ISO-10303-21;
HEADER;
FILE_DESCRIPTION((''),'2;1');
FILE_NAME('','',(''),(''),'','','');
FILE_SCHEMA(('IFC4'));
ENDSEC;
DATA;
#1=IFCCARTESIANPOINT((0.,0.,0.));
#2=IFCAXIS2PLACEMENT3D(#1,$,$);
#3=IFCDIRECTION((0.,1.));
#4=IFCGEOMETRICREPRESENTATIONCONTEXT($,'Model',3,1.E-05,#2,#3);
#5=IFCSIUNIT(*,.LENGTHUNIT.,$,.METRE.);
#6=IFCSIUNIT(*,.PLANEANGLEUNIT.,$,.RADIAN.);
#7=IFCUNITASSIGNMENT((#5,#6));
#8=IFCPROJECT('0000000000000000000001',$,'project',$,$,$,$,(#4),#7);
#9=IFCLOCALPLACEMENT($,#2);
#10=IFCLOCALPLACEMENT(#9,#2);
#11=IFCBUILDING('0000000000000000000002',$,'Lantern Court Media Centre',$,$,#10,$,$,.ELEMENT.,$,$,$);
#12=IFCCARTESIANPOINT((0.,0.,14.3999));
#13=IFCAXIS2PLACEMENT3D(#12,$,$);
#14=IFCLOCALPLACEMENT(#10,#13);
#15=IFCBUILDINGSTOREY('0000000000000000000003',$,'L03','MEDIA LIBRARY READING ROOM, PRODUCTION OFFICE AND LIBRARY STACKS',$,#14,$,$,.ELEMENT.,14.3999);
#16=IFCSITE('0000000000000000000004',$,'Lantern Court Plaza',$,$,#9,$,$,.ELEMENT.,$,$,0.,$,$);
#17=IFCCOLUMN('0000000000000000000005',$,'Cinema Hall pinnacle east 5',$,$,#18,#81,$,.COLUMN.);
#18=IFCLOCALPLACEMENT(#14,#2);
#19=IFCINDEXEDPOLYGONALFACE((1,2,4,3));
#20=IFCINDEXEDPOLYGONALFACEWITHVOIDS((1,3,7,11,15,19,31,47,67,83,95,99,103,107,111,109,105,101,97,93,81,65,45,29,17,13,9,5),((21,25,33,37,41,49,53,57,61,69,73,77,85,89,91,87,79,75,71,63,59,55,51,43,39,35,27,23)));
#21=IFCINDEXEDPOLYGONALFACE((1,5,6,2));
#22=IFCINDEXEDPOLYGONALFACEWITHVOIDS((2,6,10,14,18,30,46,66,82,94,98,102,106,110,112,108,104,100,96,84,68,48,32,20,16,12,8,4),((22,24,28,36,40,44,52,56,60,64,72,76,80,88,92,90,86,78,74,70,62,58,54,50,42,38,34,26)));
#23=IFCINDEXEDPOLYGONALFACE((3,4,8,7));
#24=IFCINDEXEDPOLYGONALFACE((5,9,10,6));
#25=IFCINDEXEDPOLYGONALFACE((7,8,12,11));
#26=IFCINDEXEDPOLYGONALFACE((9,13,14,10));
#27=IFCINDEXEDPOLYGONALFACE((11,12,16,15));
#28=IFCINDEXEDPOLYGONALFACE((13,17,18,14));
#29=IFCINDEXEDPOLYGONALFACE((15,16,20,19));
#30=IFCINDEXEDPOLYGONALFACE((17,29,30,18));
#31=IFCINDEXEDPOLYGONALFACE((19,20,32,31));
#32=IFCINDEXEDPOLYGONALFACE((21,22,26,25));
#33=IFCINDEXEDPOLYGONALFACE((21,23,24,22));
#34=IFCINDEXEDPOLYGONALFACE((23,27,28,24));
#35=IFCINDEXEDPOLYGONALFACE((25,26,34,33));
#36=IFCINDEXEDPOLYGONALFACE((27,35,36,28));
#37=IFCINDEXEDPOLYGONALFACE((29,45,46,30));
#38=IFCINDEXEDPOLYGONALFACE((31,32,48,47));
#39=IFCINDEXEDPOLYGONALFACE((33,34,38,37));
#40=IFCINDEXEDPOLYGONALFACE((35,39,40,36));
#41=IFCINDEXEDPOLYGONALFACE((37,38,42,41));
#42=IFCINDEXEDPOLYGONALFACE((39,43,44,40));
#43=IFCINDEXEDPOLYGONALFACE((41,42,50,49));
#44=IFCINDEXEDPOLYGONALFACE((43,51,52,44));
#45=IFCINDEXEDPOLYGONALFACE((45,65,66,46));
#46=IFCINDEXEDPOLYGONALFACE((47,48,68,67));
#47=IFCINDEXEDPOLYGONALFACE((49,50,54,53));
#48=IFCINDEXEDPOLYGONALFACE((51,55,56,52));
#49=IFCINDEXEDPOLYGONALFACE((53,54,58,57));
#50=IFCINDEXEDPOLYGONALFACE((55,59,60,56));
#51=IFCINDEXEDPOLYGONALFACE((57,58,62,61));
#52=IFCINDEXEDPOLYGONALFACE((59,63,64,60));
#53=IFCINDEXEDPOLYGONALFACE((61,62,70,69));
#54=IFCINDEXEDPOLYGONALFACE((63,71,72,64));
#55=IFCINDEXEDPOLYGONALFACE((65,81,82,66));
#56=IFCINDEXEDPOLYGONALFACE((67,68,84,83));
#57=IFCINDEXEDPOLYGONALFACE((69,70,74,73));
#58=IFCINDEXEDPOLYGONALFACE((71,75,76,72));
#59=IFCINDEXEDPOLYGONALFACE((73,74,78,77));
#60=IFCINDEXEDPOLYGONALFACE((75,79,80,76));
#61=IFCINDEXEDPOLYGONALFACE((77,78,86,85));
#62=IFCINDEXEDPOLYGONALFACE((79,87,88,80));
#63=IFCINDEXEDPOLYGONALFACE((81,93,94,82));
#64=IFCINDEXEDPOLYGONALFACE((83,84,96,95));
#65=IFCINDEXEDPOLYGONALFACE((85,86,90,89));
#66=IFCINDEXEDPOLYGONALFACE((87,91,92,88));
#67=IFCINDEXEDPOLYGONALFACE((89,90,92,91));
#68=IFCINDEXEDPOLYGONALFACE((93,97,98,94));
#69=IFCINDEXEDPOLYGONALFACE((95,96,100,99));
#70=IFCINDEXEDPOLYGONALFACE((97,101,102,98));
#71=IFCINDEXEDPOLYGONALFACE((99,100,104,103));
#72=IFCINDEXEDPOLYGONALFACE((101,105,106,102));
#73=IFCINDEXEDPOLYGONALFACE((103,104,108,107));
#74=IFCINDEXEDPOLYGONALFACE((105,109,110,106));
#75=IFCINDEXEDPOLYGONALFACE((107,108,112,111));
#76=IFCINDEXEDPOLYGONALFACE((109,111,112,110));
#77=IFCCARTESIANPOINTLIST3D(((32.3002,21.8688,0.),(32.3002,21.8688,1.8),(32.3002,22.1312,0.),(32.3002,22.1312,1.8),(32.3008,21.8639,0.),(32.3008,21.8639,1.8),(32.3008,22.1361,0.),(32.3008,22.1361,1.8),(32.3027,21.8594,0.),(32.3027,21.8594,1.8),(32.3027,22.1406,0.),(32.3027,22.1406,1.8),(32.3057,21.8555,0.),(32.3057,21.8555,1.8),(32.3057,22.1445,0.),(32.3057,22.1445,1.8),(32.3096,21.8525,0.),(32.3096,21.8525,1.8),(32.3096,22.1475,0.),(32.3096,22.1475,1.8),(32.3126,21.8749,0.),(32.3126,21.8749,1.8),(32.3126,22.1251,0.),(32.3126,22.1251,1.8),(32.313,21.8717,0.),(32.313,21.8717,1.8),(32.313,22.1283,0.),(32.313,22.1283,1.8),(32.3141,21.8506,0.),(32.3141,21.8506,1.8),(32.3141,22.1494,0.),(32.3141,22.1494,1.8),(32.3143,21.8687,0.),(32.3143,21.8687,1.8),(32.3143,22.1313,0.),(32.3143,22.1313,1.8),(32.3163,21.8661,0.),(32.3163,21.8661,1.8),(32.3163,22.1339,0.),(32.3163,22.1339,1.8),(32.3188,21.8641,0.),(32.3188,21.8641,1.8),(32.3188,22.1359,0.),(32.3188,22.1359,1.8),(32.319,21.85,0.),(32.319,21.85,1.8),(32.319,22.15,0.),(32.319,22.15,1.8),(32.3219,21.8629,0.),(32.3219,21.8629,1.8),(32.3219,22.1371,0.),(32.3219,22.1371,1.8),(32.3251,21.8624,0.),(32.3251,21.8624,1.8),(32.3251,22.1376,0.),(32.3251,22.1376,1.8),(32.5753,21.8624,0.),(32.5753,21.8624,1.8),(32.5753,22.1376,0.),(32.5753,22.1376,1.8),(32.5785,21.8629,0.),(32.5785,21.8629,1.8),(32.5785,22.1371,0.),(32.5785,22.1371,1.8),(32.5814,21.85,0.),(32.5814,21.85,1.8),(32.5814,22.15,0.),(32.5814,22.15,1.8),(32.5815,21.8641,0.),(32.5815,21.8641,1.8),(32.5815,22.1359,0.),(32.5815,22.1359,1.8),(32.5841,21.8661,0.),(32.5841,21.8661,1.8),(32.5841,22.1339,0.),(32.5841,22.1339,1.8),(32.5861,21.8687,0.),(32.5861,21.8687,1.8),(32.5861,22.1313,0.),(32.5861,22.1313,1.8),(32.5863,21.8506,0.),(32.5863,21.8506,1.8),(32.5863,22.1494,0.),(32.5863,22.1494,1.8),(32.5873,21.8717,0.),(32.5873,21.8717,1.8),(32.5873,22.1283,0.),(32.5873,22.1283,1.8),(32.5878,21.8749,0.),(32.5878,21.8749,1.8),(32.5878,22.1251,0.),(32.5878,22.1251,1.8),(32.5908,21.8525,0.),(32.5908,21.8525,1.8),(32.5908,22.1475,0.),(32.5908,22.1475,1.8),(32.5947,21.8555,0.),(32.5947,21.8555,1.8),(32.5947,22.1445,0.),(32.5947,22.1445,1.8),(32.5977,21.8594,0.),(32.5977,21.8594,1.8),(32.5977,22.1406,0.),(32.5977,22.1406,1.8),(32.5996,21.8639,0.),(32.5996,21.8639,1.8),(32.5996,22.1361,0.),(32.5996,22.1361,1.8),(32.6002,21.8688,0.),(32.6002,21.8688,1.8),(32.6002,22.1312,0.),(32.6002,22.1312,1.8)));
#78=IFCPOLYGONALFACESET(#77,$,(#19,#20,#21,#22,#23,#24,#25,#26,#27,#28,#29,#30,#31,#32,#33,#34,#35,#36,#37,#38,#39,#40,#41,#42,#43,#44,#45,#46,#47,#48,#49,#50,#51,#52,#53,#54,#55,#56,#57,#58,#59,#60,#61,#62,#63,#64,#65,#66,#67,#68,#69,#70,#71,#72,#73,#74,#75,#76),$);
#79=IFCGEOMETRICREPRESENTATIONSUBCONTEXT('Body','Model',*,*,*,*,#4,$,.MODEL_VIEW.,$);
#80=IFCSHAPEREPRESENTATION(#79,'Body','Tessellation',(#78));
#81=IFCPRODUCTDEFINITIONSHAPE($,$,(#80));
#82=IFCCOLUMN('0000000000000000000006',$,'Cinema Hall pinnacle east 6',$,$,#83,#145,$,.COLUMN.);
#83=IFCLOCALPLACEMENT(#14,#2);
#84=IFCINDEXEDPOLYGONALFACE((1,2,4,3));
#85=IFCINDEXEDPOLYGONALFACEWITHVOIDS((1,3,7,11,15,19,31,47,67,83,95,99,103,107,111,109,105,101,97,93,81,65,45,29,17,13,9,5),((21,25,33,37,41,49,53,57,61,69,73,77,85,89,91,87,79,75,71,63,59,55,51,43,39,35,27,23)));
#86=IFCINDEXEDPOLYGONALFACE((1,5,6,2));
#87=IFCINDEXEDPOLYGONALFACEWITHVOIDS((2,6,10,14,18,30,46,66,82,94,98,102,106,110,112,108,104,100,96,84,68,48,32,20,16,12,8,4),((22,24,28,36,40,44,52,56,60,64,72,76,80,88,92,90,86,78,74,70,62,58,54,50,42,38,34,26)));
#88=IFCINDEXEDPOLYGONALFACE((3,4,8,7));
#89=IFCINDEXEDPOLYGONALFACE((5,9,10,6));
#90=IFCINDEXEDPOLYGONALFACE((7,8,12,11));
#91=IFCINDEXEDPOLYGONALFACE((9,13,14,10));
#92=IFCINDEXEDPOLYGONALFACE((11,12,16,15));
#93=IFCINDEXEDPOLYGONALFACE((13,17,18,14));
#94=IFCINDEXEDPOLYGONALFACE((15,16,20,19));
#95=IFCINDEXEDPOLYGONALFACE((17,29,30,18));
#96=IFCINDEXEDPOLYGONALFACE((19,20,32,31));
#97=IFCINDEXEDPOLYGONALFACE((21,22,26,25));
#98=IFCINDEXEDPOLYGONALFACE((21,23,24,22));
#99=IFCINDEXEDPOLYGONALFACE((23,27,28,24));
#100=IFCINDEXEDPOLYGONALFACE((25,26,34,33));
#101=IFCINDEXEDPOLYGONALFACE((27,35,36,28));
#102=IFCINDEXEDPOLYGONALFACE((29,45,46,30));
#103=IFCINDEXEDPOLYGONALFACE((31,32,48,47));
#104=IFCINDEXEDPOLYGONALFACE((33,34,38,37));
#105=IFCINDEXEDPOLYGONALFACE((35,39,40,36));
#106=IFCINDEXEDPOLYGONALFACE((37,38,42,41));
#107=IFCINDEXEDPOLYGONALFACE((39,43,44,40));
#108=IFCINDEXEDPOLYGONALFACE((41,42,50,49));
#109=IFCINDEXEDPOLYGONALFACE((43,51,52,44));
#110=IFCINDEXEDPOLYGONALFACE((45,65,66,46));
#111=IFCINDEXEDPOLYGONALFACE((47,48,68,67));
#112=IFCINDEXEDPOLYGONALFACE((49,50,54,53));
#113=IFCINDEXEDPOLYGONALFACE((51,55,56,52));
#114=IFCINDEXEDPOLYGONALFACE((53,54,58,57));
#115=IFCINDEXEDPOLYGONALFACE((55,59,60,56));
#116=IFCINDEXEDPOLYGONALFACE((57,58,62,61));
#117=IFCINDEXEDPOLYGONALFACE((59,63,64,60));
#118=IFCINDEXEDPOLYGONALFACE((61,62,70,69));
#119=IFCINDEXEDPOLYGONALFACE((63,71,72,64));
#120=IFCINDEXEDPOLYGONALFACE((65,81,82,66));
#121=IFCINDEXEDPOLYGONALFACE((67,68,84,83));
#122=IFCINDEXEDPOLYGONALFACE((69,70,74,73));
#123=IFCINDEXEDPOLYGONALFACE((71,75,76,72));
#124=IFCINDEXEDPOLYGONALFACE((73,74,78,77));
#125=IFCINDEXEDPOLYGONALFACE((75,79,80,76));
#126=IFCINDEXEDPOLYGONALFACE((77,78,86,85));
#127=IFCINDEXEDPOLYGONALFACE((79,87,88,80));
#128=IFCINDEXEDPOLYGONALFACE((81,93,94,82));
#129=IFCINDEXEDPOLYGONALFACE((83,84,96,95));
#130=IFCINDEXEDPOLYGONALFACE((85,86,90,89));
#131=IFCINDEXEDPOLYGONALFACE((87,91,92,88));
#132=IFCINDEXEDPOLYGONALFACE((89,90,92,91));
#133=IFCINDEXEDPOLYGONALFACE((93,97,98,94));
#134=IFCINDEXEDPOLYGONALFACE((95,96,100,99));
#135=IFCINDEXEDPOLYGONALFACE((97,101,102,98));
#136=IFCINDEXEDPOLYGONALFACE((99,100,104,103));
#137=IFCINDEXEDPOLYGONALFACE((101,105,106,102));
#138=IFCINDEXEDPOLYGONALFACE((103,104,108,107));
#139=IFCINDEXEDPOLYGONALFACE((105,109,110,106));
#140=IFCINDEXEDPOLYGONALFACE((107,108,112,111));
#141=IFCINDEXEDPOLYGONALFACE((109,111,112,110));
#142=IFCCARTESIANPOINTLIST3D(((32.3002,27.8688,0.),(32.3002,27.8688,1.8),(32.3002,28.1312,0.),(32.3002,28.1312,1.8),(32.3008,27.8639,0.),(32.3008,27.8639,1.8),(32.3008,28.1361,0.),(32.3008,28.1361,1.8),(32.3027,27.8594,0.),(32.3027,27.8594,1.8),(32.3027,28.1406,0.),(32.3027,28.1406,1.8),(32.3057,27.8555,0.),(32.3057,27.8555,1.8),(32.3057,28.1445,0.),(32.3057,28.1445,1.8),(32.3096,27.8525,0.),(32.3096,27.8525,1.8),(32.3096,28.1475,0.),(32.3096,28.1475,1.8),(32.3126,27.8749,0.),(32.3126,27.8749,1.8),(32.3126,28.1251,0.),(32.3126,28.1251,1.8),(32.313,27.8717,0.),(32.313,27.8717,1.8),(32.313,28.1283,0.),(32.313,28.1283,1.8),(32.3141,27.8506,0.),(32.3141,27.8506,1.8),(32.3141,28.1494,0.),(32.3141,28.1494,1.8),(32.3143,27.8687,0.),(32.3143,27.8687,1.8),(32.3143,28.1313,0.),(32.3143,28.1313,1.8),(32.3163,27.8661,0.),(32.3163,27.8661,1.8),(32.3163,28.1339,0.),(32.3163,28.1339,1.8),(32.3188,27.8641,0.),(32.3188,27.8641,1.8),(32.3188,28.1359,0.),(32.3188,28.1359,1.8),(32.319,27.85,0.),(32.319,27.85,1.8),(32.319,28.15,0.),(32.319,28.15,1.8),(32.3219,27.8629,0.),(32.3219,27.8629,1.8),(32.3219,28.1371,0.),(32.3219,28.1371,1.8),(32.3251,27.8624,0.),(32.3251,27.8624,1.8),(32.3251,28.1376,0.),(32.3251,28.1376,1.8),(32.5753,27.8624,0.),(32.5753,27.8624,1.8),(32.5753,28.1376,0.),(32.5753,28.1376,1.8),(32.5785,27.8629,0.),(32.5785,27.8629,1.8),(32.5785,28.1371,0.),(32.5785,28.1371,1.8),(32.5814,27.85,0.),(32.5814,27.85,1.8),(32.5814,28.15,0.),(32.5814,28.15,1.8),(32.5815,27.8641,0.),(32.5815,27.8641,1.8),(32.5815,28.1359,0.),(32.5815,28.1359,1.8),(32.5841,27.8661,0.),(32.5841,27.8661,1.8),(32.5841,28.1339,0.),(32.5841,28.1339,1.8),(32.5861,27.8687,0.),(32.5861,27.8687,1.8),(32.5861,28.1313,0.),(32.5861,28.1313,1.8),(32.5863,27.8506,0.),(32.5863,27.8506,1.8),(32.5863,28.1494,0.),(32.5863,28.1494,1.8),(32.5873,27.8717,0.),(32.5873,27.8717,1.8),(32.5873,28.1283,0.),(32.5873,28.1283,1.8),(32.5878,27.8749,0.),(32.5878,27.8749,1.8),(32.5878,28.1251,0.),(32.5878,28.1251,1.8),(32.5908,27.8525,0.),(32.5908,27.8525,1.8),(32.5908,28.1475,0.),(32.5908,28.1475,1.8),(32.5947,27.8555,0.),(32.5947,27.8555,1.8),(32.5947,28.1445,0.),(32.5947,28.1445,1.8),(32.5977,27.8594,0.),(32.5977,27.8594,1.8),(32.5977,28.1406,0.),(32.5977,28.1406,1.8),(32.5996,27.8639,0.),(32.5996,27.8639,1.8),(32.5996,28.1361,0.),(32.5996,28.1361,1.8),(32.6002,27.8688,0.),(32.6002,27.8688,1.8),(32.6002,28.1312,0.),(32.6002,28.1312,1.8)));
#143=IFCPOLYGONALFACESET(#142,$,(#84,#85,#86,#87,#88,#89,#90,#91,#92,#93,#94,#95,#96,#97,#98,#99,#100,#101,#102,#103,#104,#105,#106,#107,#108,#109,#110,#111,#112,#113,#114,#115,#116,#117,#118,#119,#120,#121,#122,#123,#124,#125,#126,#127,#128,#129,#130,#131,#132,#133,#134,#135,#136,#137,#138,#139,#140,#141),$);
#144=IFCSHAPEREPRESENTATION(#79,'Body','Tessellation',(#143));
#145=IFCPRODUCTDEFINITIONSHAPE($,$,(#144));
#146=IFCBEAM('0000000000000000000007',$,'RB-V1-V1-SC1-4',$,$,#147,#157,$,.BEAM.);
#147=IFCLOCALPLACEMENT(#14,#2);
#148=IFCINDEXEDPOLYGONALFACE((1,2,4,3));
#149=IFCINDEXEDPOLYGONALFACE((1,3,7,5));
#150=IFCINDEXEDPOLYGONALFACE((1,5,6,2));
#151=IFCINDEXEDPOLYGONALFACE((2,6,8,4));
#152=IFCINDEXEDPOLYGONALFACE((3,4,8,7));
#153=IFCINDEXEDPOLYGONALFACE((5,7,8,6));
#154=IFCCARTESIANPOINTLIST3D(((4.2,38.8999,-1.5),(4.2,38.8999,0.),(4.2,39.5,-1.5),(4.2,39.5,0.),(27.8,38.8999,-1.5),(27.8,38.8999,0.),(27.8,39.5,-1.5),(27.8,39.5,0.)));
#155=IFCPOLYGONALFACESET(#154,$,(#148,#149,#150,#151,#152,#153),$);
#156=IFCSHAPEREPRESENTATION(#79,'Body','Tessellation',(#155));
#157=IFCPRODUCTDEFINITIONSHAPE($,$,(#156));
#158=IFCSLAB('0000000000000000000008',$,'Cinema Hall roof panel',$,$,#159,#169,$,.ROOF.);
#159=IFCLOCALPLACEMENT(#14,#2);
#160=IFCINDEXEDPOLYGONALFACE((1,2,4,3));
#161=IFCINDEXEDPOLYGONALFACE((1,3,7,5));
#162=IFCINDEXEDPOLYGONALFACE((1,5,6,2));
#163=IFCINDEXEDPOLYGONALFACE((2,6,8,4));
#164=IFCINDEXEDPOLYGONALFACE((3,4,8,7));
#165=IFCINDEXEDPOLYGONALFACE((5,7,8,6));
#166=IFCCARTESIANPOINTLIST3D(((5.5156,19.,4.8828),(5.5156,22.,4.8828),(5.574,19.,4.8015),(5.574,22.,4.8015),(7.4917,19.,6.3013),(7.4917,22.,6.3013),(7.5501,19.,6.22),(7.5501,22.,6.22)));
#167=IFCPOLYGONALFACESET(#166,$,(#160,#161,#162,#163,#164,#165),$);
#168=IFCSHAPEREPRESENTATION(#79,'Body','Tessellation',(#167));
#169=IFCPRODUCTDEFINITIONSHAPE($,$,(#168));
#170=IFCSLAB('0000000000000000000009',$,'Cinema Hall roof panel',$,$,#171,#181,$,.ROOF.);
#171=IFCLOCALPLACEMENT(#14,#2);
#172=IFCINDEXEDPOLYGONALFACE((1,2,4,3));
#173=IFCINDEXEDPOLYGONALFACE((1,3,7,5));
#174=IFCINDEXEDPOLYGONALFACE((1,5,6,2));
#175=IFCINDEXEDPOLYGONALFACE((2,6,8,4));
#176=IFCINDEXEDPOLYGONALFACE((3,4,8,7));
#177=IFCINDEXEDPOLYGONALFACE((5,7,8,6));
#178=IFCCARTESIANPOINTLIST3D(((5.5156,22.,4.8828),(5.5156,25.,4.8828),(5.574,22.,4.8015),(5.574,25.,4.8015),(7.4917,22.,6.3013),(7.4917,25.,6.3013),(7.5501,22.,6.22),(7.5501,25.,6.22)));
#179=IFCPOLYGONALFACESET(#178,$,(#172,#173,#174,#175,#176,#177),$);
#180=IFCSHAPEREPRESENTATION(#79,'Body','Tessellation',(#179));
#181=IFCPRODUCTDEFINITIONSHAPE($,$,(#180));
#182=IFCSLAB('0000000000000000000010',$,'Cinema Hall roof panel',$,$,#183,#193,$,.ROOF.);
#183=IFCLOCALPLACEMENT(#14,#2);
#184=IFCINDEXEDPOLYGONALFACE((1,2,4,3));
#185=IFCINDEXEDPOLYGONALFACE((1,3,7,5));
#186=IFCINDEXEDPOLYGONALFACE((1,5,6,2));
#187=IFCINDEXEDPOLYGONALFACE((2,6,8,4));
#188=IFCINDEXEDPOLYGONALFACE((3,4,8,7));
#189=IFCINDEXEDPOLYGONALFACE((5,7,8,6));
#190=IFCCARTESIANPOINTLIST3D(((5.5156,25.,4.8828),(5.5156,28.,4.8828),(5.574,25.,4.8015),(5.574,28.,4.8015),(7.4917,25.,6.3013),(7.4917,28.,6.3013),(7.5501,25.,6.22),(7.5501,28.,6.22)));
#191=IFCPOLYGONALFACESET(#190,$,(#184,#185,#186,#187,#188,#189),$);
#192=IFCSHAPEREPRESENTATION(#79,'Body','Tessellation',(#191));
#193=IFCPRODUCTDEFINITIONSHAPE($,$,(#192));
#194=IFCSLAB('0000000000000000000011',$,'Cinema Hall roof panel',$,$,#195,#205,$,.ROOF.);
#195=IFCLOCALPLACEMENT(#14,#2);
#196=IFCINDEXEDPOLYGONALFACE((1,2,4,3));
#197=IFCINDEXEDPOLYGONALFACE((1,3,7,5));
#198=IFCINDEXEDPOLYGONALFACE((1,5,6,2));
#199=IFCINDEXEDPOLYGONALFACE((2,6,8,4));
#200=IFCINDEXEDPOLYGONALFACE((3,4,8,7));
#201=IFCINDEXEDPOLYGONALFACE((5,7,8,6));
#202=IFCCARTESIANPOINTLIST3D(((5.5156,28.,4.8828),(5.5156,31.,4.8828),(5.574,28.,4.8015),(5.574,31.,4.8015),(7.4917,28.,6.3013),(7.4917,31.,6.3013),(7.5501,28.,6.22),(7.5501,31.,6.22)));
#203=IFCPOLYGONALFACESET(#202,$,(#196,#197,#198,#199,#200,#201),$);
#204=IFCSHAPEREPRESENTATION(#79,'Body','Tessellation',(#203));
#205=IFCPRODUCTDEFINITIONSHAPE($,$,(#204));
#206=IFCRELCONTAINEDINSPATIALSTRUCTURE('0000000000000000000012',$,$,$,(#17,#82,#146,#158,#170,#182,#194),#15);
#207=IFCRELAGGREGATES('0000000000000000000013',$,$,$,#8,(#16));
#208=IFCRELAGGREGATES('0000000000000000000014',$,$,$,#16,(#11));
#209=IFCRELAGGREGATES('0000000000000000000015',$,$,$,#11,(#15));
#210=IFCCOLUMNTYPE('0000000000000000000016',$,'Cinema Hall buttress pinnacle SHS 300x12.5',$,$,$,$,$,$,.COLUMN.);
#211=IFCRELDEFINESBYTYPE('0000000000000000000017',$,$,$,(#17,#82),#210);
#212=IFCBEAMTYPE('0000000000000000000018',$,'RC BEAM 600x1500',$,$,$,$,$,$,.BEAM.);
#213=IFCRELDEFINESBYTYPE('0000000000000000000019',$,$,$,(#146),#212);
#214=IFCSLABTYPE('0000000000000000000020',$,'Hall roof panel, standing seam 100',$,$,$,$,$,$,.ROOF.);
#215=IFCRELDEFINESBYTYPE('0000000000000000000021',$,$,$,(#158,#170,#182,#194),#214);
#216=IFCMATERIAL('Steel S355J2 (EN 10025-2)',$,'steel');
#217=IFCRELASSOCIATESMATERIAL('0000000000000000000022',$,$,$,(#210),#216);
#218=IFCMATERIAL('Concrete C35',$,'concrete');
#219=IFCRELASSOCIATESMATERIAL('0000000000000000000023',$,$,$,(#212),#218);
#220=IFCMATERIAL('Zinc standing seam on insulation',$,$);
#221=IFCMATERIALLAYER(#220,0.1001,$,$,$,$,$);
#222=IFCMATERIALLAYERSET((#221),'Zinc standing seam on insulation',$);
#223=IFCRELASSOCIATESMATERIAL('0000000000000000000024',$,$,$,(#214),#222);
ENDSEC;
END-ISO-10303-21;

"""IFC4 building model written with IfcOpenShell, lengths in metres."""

from ifc_helpers import new_model, si_unit, direction, frame, origin, origin_2d, place, context, subcontext, project, spatial, polyline, rectangle, hollow_rectangle, outline, extrude, material, layer, layer_set, material_profile, profile_set, type_object, element, save


model = new_model("IFC4")

# Units and contexts
model_context = context("Model", 3, precision=1e-05, world=origin(), true_north=direction((0.0, 1.0)))
body_context = subcontext(model_context, "Body", "Model", "MODEL_VIEW")
ifc_project = project(units=[si_unit("LENGTHUNIT", "METRE"), si_unit("PLANEANGLEUNIT", "RADIAN")], contexts=[model_context])

# Site, building, storey
site_placement = place(None, origin())
site = spatial("IfcSite", under=ifc_project, at=site_placement, Name="Lantern Court Plaza", CompositionType="ELEMENT", RefElevation=0.0)
building_placement = place(site_placement, origin())
building = spatial("IfcBuilding", under=site, at=building_placement, Name="Lantern Court Media Centre", CompositionType="ELEMENT")
storey_placement = place(building_placement, frame((0.0, 0.0, 14.3999)))
storey = spatial("IfcBuildingStorey", under=building, at=storey_placement, Name="L03", Description="MEDIA LIBRARY READING ROOM, PRODUCTION OFFICE AND LIBRARY STACKS", CompositionType="ELEMENT", Elevation=14.3999)

# Columns
ifc_material_1 = material(Name="Steel S355J2 (EN 10025-2)", Category="steel")
ifc_material_profile_1 = material_profile(ifc_material_1, hollow_rectangle(XDim=0.3, YDim=0.3, WallThickness=0.0125, InnerFilletRadius=0.0125, OuterFilletRadius=0.0188, at=origin_2d()), Name="Cinema Hall buttress pinnacle SHS 300x12.5")
ifc_profile_set_1 = profile_set([ifc_material_profile_1], Name="Steel S355J2 (EN 10025-2)")
column_type = type_object("IfcColumnType", Name="Cinema Hall buttress pinnacle SHS 300x12.5", PredefinedType="COLUMN", material=ifc_profile_set_1)
for number, where, z_axis, x_axis, name in (
    (1, (32.4502, 22.0, 0.0), (0.0, 0.0, 1.0), (1.0, 0.0, 0.0), "Cinema Hall pinnacle east 5"),
    (2, (32.4502, 28.0, 0.0), (0.0, 0.0, 1.0), (1.0, 0.0, 0.0), "Cinema Hall pinnacle east 6"),
):
    element("IfcColumn", number, at=place(storey_placement, frame(where, z_axis=z_axis, x_axis=x_axis)), inside=storey, type_object=column_type, Name=name, PredefinedType="COLUMN", context=body_context, shape_type="SweptSolid", body=[
        extrude(hollow_rectangle(XDim=0.3, YDim=0.3, WallThickness=0.0125, InnerFilletRadius=0.0125, OuterFilletRadius=0.0188, at=origin_2d()), origin(), (0.0, 0.0, 1.0), 1.8),
    ])

# Beam
ifc_material_2 = material(Name="Concrete C35", Category="concrete")
ifc_material_profile_2 = material_profile(ifc_material_2, rectangle(XDim=0.6001, YDim=1.5, at=origin_2d()), Name="RC 600x1500")
ifc_profile_set_2 = profile_set([ifc_material_profile_2], Name="Concrete C35")
beam_type = type_object("IfcBeamType", Name="RC BEAM 600x1500", PredefinedType="BEAM", material=ifc_profile_set_2)
beam_placement = place(storey_placement, frame((4.2, 39.2, -0.75), z_axis=(1.0, 0.0, 0.0), x_axis=(0.0, 1.0, 0.0)))
element("IfcBeam", 3, at=beam_placement, inside=storey, type_object=beam_type, Name="RB-V1-V1-SC1-4", PredefinedType="BEAM", context=body_context, shape_type="SweptSolid", body=[
    extrude(rectangle(XDim=0.6001, YDim=1.5, at=origin_2d()), origin(), (0.0, 0.0, 1.0), 23.6001),
])

# Slabs
ifc_material_3 = material(Name="Zinc standing seam on insulation")
ifc_layer_1 = layer(ifc_material_3, 0.1001)
ifc_layer_set_1 = layer_set([ifc_layer_1], Name="Zinc standing seam on insulation")
slab_type = type_object("IfcSlabType", Name="Hall roof panel, standing seam 100", PredefinedType="ROOF", material=ifc_layer_set_1)
for number, where, z_axis, x_axis, name in (
    (4, (5.5156, 19.0, 4.8828), (-0.583135, 0.0, 0.812375), (0.812375, 0.0, 0.583135), "Cinema Hall roof panel"),
    (5, (5.5156, 22.0, 4.8828), (-0.583135, 0.0, 0.812375), (0.812375, 0.0, 0.583135), "Cinema Hall roof panel"),
    (6, (5.5156, 25.0, 4.8828), (-0.583135, 0.0, 0.812375), (0.812375, 0.0, 0.583135), "Cinema Hall roof panel"),
    (7, (5.5156, 28.0, 4.8828), (-0.583135, 0.0, 0.812375), (0.812375, 0.0, 0.583135), "Cinema Hall roof panel"),
):
    element("IfcSlab", number, at=place(storey_placement, frame(where, z_axis=z_axis, x_axis=x_axis)), inside=storey, type_object=slab_type, Name=name, PredefinedType="ROOF", context=body_context, shape_type="SweptSolid", body=[
        extrude(outline(polyline([(0.0, 0.0), (2.4325, 0.0), (2.4325, 3.0), (0.0, 3.0), (0.0, 0.0)])), origin(), (0.0, 0.0, -1.0), 0.1001),
    ])

save(model, "model.ifc")
